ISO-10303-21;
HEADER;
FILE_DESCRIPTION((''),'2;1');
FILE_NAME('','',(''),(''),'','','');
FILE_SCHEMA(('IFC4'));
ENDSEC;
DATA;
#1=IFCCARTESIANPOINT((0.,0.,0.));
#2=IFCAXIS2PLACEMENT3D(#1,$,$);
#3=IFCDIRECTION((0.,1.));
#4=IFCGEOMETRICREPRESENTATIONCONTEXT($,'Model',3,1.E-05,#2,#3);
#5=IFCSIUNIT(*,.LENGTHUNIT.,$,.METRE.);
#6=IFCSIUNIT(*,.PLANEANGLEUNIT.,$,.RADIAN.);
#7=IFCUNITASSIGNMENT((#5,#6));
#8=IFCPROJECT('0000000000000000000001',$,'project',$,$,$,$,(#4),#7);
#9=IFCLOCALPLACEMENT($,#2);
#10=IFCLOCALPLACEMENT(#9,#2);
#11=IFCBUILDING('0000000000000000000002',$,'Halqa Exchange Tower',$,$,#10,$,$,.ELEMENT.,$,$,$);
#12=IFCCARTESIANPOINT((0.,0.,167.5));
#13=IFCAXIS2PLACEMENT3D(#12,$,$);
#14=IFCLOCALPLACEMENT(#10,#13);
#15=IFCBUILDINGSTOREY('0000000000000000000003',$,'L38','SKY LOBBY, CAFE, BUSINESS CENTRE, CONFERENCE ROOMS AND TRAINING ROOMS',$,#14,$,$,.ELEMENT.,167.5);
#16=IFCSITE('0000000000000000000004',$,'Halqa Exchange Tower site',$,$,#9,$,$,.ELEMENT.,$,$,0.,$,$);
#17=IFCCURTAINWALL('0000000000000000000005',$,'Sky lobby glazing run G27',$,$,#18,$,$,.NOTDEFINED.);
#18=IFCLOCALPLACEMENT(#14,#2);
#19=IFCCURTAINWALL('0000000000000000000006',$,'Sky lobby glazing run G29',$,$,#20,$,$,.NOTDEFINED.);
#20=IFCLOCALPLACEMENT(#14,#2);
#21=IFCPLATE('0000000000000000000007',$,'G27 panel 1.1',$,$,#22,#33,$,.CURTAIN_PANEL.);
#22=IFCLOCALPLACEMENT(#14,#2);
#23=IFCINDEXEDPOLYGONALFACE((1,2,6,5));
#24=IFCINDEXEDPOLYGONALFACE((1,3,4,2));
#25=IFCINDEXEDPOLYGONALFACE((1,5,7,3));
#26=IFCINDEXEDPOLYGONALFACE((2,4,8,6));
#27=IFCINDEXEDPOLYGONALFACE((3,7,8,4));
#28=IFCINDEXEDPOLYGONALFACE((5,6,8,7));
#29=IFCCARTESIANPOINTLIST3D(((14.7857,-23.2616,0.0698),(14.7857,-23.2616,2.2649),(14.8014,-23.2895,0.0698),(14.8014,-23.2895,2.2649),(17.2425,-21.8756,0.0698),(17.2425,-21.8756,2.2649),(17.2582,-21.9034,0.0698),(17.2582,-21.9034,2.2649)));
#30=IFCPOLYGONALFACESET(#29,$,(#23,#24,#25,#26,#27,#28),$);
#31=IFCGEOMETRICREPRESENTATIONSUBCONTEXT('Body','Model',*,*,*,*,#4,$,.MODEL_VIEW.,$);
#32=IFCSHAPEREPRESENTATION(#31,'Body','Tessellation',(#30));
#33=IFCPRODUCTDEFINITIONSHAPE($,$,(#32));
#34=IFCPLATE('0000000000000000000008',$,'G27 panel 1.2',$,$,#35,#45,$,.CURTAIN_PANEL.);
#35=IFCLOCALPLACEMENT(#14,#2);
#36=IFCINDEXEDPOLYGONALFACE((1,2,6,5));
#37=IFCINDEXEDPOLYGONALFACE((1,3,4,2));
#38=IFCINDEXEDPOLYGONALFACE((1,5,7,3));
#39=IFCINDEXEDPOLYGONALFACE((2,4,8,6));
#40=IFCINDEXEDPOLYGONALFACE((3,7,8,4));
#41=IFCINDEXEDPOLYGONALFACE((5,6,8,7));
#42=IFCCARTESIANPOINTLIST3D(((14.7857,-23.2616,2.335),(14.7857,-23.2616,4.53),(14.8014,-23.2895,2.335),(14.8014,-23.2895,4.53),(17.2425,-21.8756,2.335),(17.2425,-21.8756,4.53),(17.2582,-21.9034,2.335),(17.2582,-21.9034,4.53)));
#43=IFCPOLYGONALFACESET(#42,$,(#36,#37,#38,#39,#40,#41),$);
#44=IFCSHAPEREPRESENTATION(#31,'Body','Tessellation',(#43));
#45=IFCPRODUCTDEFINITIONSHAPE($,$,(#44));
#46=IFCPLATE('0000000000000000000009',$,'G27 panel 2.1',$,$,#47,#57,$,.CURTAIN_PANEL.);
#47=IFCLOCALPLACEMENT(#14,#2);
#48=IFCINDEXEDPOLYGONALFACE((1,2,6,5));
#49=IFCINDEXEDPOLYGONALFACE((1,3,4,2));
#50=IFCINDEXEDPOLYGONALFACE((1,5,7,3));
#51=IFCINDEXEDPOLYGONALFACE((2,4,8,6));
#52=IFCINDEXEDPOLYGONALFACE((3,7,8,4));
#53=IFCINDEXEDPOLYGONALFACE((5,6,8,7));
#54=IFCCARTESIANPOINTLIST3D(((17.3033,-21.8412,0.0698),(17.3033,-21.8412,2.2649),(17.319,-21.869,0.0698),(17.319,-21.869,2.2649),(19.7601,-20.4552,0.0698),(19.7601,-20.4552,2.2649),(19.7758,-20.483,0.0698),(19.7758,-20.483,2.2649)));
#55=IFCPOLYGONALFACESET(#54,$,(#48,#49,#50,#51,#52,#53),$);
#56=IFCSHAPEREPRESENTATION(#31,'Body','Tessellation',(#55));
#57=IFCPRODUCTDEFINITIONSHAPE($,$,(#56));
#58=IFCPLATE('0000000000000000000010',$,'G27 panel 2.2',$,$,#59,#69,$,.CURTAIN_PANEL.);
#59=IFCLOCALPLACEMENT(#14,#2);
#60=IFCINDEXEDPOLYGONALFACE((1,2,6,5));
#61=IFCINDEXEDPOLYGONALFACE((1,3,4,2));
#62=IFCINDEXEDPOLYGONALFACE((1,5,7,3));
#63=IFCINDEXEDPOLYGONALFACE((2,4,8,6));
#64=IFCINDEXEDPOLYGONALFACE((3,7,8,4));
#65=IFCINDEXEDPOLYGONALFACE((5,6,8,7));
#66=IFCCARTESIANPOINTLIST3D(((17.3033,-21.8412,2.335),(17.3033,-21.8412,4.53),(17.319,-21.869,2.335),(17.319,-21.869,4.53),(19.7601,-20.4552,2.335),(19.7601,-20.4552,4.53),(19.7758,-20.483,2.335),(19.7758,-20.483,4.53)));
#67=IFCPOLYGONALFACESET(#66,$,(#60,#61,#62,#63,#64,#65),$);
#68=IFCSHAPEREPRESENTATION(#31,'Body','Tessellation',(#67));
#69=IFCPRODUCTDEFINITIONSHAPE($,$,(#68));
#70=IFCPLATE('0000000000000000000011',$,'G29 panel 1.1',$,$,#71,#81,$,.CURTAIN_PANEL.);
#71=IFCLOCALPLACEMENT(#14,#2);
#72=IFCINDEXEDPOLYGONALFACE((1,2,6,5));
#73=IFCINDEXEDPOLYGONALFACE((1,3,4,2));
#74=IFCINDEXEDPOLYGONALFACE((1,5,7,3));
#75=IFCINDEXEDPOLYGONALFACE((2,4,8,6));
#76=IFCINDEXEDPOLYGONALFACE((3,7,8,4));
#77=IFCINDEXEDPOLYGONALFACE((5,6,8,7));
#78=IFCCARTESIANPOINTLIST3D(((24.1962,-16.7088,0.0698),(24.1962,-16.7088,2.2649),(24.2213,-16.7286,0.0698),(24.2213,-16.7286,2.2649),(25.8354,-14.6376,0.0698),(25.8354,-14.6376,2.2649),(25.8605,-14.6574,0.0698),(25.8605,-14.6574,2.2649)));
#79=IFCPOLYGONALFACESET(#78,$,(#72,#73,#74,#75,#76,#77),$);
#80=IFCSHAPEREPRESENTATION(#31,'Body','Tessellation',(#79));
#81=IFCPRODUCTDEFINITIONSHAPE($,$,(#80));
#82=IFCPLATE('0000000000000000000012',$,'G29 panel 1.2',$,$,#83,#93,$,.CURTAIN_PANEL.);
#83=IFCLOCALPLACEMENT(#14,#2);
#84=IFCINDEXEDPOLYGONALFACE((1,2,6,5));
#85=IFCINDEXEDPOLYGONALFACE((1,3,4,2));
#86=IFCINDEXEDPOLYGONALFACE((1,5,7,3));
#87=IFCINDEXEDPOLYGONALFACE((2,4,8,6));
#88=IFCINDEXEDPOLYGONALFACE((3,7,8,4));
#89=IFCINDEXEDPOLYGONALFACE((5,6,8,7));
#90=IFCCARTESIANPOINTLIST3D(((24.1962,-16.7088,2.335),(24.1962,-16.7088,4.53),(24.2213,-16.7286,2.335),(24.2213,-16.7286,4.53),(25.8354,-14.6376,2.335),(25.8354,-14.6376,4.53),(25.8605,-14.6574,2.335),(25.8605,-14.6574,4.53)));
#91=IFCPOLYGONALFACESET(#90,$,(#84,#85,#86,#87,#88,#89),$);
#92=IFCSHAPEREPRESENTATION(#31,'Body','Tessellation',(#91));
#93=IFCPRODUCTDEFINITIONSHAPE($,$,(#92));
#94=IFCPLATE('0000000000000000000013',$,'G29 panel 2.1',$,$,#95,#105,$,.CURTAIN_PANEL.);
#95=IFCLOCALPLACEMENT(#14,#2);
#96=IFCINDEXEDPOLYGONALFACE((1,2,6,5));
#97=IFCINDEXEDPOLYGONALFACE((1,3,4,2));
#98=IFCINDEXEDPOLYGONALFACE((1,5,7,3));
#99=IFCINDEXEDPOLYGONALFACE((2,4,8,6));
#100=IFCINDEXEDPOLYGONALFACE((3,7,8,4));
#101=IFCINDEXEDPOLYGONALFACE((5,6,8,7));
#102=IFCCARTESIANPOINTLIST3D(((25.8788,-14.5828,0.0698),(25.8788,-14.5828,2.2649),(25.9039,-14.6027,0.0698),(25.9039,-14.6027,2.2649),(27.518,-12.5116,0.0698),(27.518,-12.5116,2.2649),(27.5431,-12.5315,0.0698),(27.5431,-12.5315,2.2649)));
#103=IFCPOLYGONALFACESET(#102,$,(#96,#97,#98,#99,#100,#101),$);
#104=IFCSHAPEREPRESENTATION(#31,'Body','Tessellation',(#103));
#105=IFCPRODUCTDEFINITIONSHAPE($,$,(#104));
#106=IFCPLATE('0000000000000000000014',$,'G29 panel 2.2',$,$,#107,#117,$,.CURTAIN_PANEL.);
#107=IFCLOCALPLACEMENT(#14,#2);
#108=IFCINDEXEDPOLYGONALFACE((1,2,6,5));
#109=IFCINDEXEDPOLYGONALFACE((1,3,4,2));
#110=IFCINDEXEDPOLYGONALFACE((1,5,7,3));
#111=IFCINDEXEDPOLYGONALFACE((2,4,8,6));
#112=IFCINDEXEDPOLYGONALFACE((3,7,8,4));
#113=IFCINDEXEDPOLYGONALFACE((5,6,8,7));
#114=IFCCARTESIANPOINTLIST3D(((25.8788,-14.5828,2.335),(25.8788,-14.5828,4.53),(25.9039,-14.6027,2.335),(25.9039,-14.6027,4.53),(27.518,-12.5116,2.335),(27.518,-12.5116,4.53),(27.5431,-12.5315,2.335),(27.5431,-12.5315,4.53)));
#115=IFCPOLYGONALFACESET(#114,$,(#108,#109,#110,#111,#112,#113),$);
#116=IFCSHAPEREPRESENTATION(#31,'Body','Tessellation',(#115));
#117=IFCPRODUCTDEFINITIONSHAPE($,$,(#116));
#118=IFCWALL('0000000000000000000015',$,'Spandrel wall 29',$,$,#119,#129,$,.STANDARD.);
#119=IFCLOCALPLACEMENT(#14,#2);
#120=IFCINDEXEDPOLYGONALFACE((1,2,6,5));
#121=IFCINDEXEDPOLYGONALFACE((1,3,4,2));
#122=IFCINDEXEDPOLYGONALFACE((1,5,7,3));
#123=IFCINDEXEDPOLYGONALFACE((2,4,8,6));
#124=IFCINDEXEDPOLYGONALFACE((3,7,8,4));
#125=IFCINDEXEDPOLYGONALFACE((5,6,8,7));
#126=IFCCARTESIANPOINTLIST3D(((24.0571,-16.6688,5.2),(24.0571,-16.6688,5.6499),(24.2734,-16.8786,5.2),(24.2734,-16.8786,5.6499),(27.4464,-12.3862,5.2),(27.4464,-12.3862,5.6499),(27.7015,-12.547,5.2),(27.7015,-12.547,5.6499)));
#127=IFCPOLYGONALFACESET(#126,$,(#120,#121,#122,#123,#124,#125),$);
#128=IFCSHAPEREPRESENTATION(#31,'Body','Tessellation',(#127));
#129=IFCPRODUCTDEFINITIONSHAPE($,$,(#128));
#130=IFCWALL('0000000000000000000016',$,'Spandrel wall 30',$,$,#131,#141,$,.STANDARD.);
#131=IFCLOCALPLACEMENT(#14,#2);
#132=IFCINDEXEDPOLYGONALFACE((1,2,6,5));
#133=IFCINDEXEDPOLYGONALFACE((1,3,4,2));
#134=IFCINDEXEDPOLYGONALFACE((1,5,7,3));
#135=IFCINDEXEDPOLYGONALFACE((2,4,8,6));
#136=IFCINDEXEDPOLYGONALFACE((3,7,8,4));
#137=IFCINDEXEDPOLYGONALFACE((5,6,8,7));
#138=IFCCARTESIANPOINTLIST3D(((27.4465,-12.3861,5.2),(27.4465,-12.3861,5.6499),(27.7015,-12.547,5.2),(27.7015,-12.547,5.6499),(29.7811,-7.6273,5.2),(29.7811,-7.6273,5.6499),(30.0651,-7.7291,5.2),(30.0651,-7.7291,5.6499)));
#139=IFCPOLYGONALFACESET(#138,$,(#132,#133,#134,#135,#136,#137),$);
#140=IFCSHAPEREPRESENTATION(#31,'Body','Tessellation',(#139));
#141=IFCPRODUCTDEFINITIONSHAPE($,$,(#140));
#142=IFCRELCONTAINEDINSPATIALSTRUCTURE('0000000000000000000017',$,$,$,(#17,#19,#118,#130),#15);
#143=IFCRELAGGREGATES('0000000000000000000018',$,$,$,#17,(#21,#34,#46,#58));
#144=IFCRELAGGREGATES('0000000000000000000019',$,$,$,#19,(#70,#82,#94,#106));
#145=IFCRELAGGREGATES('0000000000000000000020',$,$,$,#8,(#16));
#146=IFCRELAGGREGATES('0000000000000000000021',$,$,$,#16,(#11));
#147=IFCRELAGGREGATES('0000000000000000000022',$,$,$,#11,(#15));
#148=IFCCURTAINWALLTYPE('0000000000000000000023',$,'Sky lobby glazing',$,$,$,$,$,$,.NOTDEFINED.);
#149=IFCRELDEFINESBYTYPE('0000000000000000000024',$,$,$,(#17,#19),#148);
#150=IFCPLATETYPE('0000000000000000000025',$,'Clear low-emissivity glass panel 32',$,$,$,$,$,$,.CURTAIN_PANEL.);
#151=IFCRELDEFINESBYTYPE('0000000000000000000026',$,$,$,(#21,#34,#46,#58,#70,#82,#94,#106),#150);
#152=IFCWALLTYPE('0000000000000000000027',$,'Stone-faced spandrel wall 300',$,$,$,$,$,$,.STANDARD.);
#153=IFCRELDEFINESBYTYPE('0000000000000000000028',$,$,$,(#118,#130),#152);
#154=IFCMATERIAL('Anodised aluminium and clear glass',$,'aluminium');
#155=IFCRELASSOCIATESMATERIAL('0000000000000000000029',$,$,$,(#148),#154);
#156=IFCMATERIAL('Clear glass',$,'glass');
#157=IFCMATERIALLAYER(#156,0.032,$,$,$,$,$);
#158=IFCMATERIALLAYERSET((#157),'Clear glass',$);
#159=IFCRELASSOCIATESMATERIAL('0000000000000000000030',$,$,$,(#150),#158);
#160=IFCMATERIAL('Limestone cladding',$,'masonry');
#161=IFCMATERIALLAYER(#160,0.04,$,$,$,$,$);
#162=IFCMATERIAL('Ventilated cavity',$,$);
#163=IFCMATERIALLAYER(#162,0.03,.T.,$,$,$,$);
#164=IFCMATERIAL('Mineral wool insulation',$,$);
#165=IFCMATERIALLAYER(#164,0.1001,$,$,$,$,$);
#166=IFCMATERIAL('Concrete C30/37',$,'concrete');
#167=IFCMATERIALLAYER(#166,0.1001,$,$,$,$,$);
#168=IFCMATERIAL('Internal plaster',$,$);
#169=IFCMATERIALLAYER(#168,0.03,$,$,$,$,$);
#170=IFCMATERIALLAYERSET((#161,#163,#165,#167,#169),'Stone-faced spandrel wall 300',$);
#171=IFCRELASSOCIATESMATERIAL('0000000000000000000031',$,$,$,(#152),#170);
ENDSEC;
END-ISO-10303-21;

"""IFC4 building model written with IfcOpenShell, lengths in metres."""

from ifc_helpers import new_model, si_unit, direction, frame, origin, origin_2d, place, context, subcontext, project, spatial, polyline, rectangle, outline, extrude, material, layer, layer_set, type_object, element, aggregate, save


model = new_model("IFC4")

# Units and contexts
model_context = context("Model", 3, precision=1e-05, world=origin(), true_north=direction((0.0, 1.0)))
body_context = subcontext(model_context, "Body", "Model", "MODEL_VIEW")
ifc_project = project(units=[si_unit("LENGTHUNIT", "METRE"), si_unit("PLANEANGLEUNIT", "RADIAN")], contexts=[model_context])

# Site, building, storey
site_placement = place(None, origin())
site = spatial("IfcSite", under=ifc_project, at=site_placement, Name="Halqa Exchange Tower site", CompositionType="ELEMENT", RefElevation=0.0)
building_placement = place(site_placement, origin())
building = spatial("IfcBuilding", under=site, at=building_placement, Name="Halqa Exchange Tower", CompositionType="ELEMENT")
storey_placement = place(building_placement, frame((0.0, 0.0, 167.5)))
storey = spatial("IfcBuildingStorey", under=building, at=storey_placement, Name="L38", Description="SKY LOBBY, CAFE, BUSINESS CENTRE, CONFERENCE ROOMS AND TRAINING ROOMS", CompositionType="ELEMENT", Elevation=167.5)

# Curtain walls
ifc_material_1 = material(Name="Anodised aluminium and clear glass", Category="aluminium")
curtain_wall_type = type_object("IfcCurtainWallType", Name="Sky lobby glazing", PredefinedType="NOTDEFINED", material=ifc_material_1)
curtain_wall_1_placement = place(storey_placement, origin())
curtain_wall_1 = element("IfcCurtainWall", 1, at=curtain_wall_1_placement, inside=storey, type_object=curtain_wall_type, Name="Sky lobby glazing run G27", PredefinedType="NOTDEFINED")
curtain_wall_2_placement = place(storey_placement, origin())
curtain_wall_2 = element("IfcCurtainWall", 2, at=curtain_wall_2_placement, inside=storey, type_object=curtain_wall_type, Name="Sky lobby glazing run G29", PredefinedType="NOTDEFINED")

# Plates
ifc_material_2 = material(Name="Clear glass", Category="glass")
ifc_layer_1 = layer(ifc_material_2, 0.032)
ifc_layer_set_1 = layer_set([ifc_layer_1], Name="Clear glass")
plate_type = type_object("IfcPlateType", Name="Clear low-emissivity glass panel 32", PredefinedType="CURTAIN_PANEL", material=ifc_layer_set_1)
plate_1_placement = place(storey_placement, frame((16.022, -22.5825, 0.0698), z_axis=(0.0, 0.0, 1.0), x_axis=(0.87096, 0.491354, 0.0)))
plate_1 = element("IfcPlate", 3, at=plate_1_placement, type_object=plate_type, Name="G27 panel 1.1", PredefinedType="CURTAIN_PANEL", context=body_context, shape_type="SweptSolid", body=[
    extrude(rectangle(XDim=2.8208, YDim=0.032, at=origin_2d()), origin(), (0.0, 0.0, 1.0), 2.1951),
])
plate_2_placement = place(storey_placement, frame((16.022, -22.5825, 2.335), z_axis=(0.0, 0.0, 1.0), x_axis=(0.87096, 0.491354, 0.0)))
plate_2 = element("IfcPlate", 4, at=plate_2_placement, type_object=plate_type, Name="G27 panel 1.2", PredefinedType="CURTAIN_PANEL", context=body_context, shape_type="SweptSolid", body=[
    extrude(rectangle(XDim=2.8208, YDim=0.032, at=origin_2d()), origin(), (0.0, 0.0, 1.0), 2.1951),
])
plate_3_placement = place(storey_placement, frame((18.5396, -21.1621, 0.0698), z_axis=(0.0, 0.0, 1.0), x_axis=(0.87096, 0.491354, 0.0)))
plate_3 = element("IfcPlate", 5, at=plate_3_placement, type_object=plate_type, Name="G27 panel 2.1", PredefinedType="CURTAIN_PANEL", context=body_context, shape_type="SweptSolid", body=[
    extrude(rectangle(XDim=2.8208, YDim=0.032, at=origin_2d()), origin(), (0.0, 0.0, 1.0), 2.1951),
])
plate_4_placement = place(storey_placement, frame((18.5396, -21.1621, 2.335), z_axis=(0.0, 0.0, 1.0), x_axis=(0.87096, 0.491354, 0.0)))
plate_4 = element("IfcPlate", 6, at=plate_4_placement, type_object=plate_type, Name="G27 panel 2.2", PredefinedType="CURTAIN_PANEL", context=body_context, shape_type="SweptSolid", body=[
    extrude(rectangle(XDim=2.8208, YDim=0.032, at=origin_2d()), origin(), (0.0, 0.0, 1.0), 2.1951),
])
aggregate(curtain_wall_1, [plate_1, plate_2, plate_3, plate_4])
plate_5_placement = place(storey_placement, frame((25.0283, -15.6831, 0.0698), z_axis=(0.0, 0.0, 1.0), x_axis=(0.620584, 0.78414, 0.0)))
plate_5 = element("IfcPlate", 7, at=plate_5_placement, type_object=plate_type, Name="G29 panel 1.1", PredefinedType="CURTAIN_PANEL", context=body_context, shape_type="SweptSolid", body=[
    extrude(rectangle(XDim=2.6414, YDim=0.032, at=origin_2d()), origin(), (0.0, 0.0, 1.0), 2.1951),
])
plate_6_placement = place(storey_placement, frame((25.0283, -15.6831, 2.335), z_axis=(0.0, 0.0, 1.0), x_axis=(0.620584, 0.78414, 0.0)))
plate_6 = element("IfcPlate", 8, at=plate_6_placement, type_object=plate_type, Name="G29 panel 1.2", PredefinedType="CURTAIN_PANEL", context=body_context, shape_type="SweptSolid", body=[
    extrude(rectangle(XDim=2.6414, YDim=0.032, at=origin_2d()), origin(), (0.0, 0.0, 1.0), 2.1951),
])
plate_7_placement = place(storey_placement, frame((26.7109, -13.5571, 0.0698), z_axis=(0.0, 0.0, 1.0), x_axis=(0.620584, 0.78414, 0.0)))
plate_7 = element("IfcPlate", 9, at=plate_7_placement, type_object=plate_type, Name="G29 panel 2.1", PredefinedType="CURTAIN_PANEL", context=body_context, shape_type="SweptSolid", body=[
    extrude(rectangle(XDim=2.6414, YDim=0.032, at=origin_2d()), origin(), (0.0, 0.0, 1.0), 2.1951),
])
plate_8_placement = place(storey_placement, frame((26.7109, -13.5571, 2.335), z_axis=(0.0, 0.0, 1.0), x_axis=(0.620584, 0.78414, 0.0)))
plate_8 = element("IfcPlate", 10, at=plate_8_placement, type_object=plate_type, Name="G29 panel 2.2", PredefinedType="CURTAIN_PANEL", context=body_context, shape_type="SweptSolid", body=[
    extrude(rectangle(XDim=2.6414, YDim=0.032, at=origin_2d()), origin(), (0.0, 0.0, 1.0), 2.1951),
])
aggregate(curtain_wall_2, [plate_5, plate_6, plate_7, plate_8])

# Shared definitions
ifc_material_3 = material(Name="Limestone cladding", Category="masonry")
ifc_material_4 = material(Name="Ventilated cavity")
ifc_material_5 = material(Name="Mineral wool insulation")
ifc_material_6 = material(Name="Concrete C30/37", Category="concrete")
ifc_material_7 = material(Name="Internal plaster")

# Walls
ifc_layer_2 = layer(ifc_material_3, 0.04)
ifc_layer_3 = layer(ifc_material_4, 0.03, ventilated=True)
ifc_layer_4 = layer(ifc_material_5, 0.1001)
ifc_layer_5 = layer(ifc_material_6, 0.1001)
ifc_layer_6 = layer(ifc_material_7, 0.03)
ifc_layer_set_2 = layer_set([ifc_layer_2, ifc_layer_3, ifc_layer_4, ifc_layer_5, ifc_layer_6], Name="Stone-faced spandrel wall 300")
wall_type_1 = type_object("IfcWallType", Name="Stone-faced spandrel wall 300", PredefinedType="STANDARD", material=ifc_layer_set_2)
wall_1_placement = place(storey_placement, frame((24.1653, -16.7737, 5.2), z_axis=(0.0, 0.0, 1.0), x_axis=(0.620578, 0.784145, 0.0)))
element("IfcWall", 11, at=wall_1_placement, inside=storey, type_object=wall_type_1, Name="Spandrel wall 29", PredefinedType="STANDARD", context=body_context, shape_type="SweptSolid", body=[
    extrude(outline(polyline([(-0.0151, -0.1499), (5.5088, -0.1499), (5.4766, 0.1499), (0.0151, 0.1499), (-0.0151, -0.1499)])), origin(), (0.0, 0.0, 1.0), 0.45),
])
wall_2_placement = place(storey_placement, frame((27.574, -12.4666, 5.2), z_axis=(0.0, 0.0, 1.0), x_axis=(0.440444, 0.89778, 0.0)))
element("IfcWall", 12, at=wall_2_placement, inside=storey, type_object=wall_type_1, Name="Spandrel wall 30", PredefinedType="STANDARD", context=body_context, shape_type="SweptSolid", body=[
    extrude(outline(polyline([(-0.0161, -0.1499), (5.3503, -0.1499), (5.3167, 0.1499), (0.0161, 0.1499), (-0.0161, -0.1499)])), origin(), (0.0, 0.0, 1.0), 0.45),
])

save(model, "model.ifc")
